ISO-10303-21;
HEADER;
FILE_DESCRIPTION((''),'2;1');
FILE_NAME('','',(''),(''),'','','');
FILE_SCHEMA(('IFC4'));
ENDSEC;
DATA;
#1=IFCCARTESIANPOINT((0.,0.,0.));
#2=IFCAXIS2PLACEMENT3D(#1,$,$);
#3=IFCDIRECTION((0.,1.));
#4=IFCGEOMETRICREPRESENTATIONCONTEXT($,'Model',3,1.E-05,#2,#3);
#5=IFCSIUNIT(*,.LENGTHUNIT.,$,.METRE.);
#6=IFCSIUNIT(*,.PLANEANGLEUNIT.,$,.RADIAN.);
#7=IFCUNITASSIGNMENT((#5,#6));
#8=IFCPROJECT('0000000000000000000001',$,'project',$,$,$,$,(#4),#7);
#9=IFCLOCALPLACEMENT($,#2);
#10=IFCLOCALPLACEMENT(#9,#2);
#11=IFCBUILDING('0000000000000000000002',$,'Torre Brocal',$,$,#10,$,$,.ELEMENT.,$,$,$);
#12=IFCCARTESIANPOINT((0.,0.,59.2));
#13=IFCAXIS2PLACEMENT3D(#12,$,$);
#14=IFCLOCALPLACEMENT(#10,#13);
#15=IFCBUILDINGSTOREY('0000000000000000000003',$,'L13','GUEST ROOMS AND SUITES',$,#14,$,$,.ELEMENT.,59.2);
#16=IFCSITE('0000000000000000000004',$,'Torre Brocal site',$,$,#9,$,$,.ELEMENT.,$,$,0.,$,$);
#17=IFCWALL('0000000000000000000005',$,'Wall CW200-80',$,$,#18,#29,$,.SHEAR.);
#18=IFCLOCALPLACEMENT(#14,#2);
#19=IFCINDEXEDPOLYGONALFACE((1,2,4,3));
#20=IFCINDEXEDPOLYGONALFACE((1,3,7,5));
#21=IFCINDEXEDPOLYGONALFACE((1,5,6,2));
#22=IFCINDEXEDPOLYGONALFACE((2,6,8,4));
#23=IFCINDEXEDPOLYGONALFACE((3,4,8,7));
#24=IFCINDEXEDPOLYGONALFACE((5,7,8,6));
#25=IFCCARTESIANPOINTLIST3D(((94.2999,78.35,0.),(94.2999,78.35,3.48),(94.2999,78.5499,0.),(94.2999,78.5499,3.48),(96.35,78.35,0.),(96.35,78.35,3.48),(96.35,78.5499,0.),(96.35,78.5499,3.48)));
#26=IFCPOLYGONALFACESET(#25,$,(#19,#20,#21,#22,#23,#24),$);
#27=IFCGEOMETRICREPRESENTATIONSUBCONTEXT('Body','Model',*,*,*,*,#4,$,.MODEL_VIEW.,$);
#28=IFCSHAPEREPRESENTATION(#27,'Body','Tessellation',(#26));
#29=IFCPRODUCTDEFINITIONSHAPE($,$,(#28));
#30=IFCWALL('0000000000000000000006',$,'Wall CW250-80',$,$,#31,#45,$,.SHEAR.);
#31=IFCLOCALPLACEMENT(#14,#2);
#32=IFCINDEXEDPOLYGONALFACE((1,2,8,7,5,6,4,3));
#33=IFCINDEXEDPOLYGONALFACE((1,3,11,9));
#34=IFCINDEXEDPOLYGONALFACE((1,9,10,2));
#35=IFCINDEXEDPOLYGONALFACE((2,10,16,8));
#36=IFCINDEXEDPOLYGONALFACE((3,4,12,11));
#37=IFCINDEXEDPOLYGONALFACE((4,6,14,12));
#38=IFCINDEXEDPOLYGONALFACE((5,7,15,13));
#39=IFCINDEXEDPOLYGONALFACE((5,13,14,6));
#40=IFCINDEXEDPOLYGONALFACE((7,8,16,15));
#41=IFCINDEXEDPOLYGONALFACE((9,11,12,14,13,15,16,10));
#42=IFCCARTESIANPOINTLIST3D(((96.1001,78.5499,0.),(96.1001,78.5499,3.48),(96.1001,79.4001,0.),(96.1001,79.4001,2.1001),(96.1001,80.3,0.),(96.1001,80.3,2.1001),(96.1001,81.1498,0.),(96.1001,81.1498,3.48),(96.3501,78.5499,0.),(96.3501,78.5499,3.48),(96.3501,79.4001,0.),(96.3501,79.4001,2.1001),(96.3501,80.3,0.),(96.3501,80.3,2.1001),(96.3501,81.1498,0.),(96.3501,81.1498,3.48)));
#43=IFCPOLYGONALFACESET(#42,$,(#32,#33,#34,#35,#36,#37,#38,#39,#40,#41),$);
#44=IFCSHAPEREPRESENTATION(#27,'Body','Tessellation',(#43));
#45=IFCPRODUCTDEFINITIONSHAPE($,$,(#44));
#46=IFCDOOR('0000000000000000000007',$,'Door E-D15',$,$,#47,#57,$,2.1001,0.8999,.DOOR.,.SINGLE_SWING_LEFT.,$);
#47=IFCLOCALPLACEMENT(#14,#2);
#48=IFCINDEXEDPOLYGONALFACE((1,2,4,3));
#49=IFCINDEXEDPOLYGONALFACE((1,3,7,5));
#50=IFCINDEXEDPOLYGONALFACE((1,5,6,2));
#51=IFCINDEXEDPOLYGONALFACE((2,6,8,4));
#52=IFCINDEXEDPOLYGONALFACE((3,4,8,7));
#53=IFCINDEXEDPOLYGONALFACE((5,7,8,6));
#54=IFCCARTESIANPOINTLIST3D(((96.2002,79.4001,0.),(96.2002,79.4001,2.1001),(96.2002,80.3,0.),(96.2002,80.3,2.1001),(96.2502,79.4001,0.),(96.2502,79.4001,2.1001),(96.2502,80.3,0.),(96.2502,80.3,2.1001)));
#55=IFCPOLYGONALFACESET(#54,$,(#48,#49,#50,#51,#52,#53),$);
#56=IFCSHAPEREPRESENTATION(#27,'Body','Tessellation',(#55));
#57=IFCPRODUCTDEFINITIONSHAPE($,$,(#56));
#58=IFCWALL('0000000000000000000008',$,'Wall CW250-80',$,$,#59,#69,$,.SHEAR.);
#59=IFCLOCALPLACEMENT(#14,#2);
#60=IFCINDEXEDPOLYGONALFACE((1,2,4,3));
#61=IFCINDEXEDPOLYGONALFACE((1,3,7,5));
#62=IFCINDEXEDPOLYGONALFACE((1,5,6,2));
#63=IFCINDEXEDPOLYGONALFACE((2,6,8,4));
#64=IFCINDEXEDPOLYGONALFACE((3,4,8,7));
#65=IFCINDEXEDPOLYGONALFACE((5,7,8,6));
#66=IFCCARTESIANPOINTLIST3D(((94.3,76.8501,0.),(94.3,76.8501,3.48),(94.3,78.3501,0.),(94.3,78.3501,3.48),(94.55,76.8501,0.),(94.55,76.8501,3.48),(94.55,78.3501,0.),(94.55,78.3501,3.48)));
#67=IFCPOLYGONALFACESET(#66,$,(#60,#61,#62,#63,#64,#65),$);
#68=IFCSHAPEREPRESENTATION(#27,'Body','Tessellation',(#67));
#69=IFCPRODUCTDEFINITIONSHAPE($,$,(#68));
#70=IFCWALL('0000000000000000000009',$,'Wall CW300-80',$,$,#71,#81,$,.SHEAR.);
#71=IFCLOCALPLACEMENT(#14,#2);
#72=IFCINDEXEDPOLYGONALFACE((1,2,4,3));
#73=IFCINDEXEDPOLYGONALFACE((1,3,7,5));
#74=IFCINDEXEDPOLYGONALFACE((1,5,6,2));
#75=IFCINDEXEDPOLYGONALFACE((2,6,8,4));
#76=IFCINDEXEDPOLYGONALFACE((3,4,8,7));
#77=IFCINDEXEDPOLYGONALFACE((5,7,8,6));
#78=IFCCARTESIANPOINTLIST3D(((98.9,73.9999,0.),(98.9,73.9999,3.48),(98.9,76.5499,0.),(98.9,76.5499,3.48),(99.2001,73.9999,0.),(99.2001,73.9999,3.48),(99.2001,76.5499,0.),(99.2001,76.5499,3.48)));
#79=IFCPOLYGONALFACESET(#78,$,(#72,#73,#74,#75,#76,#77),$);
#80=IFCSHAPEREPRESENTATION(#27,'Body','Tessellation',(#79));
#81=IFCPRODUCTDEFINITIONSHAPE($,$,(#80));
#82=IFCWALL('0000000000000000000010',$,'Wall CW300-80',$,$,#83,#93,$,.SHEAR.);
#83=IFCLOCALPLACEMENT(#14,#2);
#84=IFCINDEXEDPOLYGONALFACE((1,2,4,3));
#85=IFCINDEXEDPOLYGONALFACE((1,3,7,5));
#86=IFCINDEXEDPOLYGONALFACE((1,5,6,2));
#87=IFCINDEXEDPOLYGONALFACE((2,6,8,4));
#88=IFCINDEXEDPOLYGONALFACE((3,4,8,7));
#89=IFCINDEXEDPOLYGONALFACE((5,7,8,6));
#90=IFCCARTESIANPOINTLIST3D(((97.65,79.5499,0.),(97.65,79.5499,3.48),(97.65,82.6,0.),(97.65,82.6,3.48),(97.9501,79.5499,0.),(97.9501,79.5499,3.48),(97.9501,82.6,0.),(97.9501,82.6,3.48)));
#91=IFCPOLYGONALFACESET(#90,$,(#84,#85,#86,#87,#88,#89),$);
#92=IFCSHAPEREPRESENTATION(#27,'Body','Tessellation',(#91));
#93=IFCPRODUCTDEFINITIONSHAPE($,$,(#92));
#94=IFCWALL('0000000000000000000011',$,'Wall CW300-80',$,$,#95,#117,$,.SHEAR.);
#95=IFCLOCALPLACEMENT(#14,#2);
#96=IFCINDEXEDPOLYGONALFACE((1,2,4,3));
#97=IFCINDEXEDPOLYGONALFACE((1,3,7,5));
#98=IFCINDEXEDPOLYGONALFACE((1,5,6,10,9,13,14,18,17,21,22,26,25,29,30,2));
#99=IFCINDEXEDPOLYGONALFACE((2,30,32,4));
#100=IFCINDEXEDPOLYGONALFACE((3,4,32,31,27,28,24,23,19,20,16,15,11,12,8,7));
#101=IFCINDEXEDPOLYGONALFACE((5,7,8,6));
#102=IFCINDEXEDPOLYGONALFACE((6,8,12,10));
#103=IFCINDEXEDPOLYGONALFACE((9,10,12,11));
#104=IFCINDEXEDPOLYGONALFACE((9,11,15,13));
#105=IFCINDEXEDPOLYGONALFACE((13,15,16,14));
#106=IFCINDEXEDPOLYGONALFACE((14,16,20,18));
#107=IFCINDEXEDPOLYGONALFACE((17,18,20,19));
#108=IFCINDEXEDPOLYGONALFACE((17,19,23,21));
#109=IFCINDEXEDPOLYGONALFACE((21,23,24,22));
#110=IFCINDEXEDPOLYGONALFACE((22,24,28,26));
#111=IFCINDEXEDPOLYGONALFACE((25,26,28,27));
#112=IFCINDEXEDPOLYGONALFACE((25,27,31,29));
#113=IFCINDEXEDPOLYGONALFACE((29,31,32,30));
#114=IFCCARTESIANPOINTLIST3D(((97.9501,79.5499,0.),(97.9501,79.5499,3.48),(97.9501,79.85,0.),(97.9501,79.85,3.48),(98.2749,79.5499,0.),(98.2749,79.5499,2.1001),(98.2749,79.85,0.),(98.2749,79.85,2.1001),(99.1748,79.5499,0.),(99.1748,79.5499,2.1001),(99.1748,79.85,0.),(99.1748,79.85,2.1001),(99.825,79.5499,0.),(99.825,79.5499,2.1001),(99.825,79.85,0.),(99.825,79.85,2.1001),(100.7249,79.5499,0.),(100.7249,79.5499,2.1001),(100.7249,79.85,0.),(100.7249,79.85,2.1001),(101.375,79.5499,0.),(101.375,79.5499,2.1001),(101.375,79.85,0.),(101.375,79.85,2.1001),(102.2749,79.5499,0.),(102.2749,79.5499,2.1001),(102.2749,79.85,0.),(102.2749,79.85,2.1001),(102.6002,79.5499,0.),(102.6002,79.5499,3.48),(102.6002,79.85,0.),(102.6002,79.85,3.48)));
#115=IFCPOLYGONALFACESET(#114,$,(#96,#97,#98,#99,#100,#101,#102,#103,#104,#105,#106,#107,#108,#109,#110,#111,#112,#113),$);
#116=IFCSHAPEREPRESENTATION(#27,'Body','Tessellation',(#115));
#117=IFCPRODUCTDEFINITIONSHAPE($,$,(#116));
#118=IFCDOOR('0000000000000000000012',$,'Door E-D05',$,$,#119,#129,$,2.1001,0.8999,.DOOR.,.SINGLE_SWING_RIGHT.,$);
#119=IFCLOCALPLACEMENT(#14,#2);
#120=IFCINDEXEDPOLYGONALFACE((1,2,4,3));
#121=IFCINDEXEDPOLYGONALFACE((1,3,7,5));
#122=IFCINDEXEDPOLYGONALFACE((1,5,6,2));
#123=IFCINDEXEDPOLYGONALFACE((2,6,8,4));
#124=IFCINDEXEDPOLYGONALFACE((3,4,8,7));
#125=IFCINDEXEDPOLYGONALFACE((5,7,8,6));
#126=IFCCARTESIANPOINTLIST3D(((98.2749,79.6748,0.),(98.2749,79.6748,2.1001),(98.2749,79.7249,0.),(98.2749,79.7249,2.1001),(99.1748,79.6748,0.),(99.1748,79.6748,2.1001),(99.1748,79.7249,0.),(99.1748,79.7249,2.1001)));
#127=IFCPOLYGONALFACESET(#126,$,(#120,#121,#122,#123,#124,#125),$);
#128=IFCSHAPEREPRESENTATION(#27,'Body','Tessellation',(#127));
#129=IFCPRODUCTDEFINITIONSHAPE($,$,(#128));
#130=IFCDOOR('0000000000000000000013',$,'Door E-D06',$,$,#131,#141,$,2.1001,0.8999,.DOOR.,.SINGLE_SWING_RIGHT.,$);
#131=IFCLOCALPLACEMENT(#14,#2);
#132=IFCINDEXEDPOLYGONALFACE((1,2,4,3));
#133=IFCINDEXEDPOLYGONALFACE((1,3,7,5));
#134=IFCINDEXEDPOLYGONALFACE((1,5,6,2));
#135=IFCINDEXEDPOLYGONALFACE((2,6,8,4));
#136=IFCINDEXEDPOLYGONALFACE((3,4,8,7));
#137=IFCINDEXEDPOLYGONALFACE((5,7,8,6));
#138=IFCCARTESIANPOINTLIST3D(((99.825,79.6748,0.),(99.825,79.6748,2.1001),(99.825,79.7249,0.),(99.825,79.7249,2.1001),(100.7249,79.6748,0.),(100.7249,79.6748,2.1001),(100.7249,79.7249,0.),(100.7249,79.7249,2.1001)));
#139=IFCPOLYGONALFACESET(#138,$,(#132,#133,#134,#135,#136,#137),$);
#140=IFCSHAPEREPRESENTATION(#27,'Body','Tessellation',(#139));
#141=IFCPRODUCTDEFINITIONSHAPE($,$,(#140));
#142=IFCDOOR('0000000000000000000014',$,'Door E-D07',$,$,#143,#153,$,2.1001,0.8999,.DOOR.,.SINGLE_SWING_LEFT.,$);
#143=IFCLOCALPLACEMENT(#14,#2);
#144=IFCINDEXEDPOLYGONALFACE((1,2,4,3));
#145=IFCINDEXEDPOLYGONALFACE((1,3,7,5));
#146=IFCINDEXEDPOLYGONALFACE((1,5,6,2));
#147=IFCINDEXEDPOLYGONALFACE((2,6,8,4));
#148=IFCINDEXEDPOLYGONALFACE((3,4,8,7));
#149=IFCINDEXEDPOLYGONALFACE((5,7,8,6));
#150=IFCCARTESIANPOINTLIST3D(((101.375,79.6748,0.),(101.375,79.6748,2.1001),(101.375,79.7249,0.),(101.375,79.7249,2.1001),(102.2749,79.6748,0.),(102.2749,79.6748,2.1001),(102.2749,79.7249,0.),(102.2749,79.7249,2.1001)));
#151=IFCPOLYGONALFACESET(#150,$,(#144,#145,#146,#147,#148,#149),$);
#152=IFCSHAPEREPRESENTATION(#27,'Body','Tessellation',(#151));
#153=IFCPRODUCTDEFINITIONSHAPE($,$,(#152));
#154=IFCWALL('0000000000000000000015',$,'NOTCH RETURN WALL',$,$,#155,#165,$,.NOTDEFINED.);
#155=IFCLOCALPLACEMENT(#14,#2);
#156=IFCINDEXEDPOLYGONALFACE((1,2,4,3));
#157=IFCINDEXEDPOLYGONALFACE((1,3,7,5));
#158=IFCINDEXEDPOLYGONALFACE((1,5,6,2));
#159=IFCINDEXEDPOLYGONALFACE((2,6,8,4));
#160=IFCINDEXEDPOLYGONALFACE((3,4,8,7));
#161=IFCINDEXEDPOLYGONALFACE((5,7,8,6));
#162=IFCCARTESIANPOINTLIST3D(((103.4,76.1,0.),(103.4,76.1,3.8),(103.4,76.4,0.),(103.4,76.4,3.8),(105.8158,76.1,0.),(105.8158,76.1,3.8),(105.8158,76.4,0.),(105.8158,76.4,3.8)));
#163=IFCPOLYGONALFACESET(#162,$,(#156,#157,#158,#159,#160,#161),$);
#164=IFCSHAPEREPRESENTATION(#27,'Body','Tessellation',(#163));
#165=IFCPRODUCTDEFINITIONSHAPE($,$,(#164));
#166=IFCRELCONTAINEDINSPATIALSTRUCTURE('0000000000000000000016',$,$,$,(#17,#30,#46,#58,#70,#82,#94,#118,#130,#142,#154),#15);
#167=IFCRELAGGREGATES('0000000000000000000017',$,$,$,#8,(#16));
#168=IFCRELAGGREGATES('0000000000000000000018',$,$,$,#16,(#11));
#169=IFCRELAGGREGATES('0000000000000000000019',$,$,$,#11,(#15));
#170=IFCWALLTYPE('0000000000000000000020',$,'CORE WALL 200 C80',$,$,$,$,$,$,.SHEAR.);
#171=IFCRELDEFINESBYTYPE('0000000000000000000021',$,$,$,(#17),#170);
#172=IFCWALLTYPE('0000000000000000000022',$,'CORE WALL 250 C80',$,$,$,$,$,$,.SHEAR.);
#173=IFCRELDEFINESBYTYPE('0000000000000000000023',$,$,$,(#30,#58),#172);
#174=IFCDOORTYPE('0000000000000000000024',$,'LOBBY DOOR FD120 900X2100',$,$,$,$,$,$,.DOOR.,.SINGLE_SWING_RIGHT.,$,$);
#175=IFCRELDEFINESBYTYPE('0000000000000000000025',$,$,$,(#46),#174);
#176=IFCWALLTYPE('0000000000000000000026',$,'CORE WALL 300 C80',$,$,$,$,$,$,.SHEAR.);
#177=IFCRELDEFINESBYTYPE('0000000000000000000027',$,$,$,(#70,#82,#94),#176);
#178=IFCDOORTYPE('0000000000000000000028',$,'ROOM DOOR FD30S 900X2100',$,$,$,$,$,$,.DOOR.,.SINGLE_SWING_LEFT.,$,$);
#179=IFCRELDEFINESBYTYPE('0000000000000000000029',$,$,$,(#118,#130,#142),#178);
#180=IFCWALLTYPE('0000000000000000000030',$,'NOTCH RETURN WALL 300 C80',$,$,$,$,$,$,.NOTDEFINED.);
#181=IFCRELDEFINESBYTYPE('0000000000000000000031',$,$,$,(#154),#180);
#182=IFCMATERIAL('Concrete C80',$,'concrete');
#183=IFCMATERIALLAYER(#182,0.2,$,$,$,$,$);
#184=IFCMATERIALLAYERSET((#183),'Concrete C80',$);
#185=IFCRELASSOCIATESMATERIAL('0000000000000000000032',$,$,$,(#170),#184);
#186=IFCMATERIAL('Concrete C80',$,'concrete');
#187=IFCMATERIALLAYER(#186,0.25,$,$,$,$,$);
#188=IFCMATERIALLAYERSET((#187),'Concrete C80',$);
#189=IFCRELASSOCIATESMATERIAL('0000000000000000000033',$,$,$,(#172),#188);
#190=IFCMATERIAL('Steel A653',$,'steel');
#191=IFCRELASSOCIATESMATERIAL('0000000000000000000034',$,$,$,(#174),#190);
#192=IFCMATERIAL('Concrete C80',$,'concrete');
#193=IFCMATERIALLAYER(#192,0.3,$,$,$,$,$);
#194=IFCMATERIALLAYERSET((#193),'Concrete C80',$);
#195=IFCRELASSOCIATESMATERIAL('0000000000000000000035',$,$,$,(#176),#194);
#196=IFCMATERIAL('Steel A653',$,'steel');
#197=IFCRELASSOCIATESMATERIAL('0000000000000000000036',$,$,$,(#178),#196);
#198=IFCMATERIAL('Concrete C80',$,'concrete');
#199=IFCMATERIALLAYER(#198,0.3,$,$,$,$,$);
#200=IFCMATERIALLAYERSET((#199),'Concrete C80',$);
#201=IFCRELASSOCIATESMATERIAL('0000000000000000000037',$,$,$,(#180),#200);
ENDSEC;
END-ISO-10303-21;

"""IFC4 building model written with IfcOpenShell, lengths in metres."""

from ifc_helpers import new_model, si_unit, direction, frame, frame_2d, origin, place, context, subcontext, project, spatial, rectangle, extrude, material, layer, layer_set, type_object, element, fill, save


model = new_model("IFC4")

# Units and contexts
model_context = context("Model", 3, precision=1e-05, world=origin(), true_north=direction((0.0, 1.0)))
body_context = subcontext(model_context, "Body", "Model", "MODEL_VIEW")
ifc_project = project(units=[si_unit("LENGTHUNIT", "METRE"), si_unit("PLANEANGLEUNIT", "RADIAN")], contexts=[model_context])

# Site, building, storey
site_placement = place(None, origin())
site = spatial("IfcSite", under=ifc_project, at=site_placement, Name="Torre Brocal site", CompositionType="ELEMENT", RefElevation=0.0)
building_placement = place(site_placement, origin())
building = spatial("IfcBuilding", under=site, at=building_placement, Name="Torre Brocal", CompositionType="ELEMENT")
storey_placement = place(building_placement, frame((0.0, 0.0, 59.2)))
storey = spatial("IfcBuildingStorey", under=building, at=storey_placement, Name="L13", Description="GUEST ROOMS AND SUITES", CompositionType="ELEMENT", Elevation=59.2)

# Wall
ifc_material_1 = material(Name="Concrete C80", Category="concrete")
ifc_layer_1 = layer(ifc_material_1, 0.2)
ifc_layer_set_1 = layer_set([ifc_layer_1], Name="Concrete C80")
wall_type_1 = type_object("IfcWallType", Name="CORE WALL 200 C80", PredefinedType="SHEAR", material=ifc_layer_set_1)
wall_1_placement = place(storey_placement, frame((94.3, 78.45, 0.0), z_axis=(0.0, 0.0, 1.0), x_axis=(1.0, 0.0, 0.0)))
element("IfcWall", 1, at=wall_1_placement, inside=storey, type_object=wall_type_1, Name="Wall CW200-80", PredefinedType="SHEAR", context=body_context, shape_type="SweptSolid", body=[
    extrude(rectangle(XDim=2.05, YDim=0.2, at=frame_2d((1.0249, 0.0))), origin(), (0.0, 0.0, 1.0), 3.48),
])

# Wall, opening, door
ifc_material_2 = material(Name="Concrete C80", Category="concrete")
ifc_layer_2 = layer(ifc_material_2, 0.25)
ifc_layer_set_2 = layer_set([ifc_layer_2], Name="Concrete C80")
wall_type_2 = type_object("IfcWallType", Name="CORE WALL 250 C80", PredefinedType="SHEAR", material=ifc_layer_set_2)
wall_2_placement = place(storey_placement, frame((96.2251, 78.55, 0.0), z_axis=(0.0, 0.0, 1.0), x_axis=(0.0, 1.0, 0.0)))
wall_2 = element("IfcWall", 2, at=wall_2_placement, inside=storey, type_object=wall_type_2, Name="Wall CW250-80", PredefinedType="SHEAR", context=body_context, shape_type="SweptSolid", body=[
    extrude(rectangle(XDim=2.5999, YDim=0.25, at=frame_2d((1.2998, 0.0))), origin(), (0.0, 0.0, 1.0), 3.48),
])
opening_1_placement = place(wall_2_placement, frame((0.8501, 0.0, 0.0)))
opening_1 = element("IfcOpeningElement", 3, at=opening_1_placement, cuts=wall_2, PredefinedType="OPENING", context=body_context, shape_type="SweptSolid", body=[
    extrude(rectangle(XDim=0.8999, YDim=2.1001, at=frame_2d((0.45, 1.05))), frame((0.0, 0.135, 0.0), z_axis=(0.0, -1.0, 0.0), x_axis=(1.0, 0.0, 0.0)), (0.0, 0.0, 1.0), 0.27),
])
ifc_material_3 = material(Name="Steel A653", Category="steel")
door_type_1 = type_object("IfcDoorType", Name="LOBBY DOOR FD120 900X2100", OperationType="SINGLE_SWING_RIGHT", PredefinedType="DOOR", material=ifc_material_3)
door_1_placement = place(opening_1_placement, origin())
door_1 = element("IfcDoor", 4, at=door_1_placement, inside=storey, type_object=door_type_1, Name="Door E-D15", OperationType="SINGLE_SWING_LEFT", OverallHeight=2.1001, OverallWidth=0.8999, PredefinedType="DOOR", context=body_context, shape_type="SweptSolid", body=[
    extrude(rectangle(XDim=0.8999, YDim=2.1001, at=frame_2d((0.45, 1.05))), frame((0.0, 0.0249, 0.0), z_axis=(0.0, -1.0, 0.0), x_axis=(1.0, 0.0, 0.0)), (0.0, 0.0, 1.0), 0.05),
])
fill(opening_1, door_1)

# Walls
wall_3_placement = place(storey_placement, frame((94.425, 76.8501, 0.0), z_axis=(0.0, 0.0, 1.0), x_axis=(0.0, 1.0, 0.0)))
element("IfcWall", 5, at=wall_3_placement, inside=storey, type_object=wall_type_2, Name="Wall CW250-80", PredefinedType="SHEAR", context=body_context, shape_type="SweptSolid", body=[
    extrude(rectangle(XDim=1.5, YDim=0.25, at=frame_2d((0.75, 0.0))), origin(), (0.0, 0.0, 1.0), 3.48),
])
ifc_material_4 = material(Name="Concrete C80", Category="concrete")
ifc_layer_3 = layer(ifc_material_4, 0.3)
ifc_layer_set_3 = layer_set([ifc_layer_3], Name="Concrete C80")
wall_type_3 = type_object("IfcWallType", Name="CORE WALL 300 C80", PredefinedType="SHEAR", material=ifc_layer_set_3)
wall_4_placement = place(storey_placement, frame((99.05, 74.0, 0.0), z_axis=(0.0, 0.0, 1.0), x_axis=(0.0, 1.0, 0.0)))
element("IfcWall", 6, at=wall_4_placement, inside=storey, type_object=wall_type_3, Name="Wall CW300-80", PredefinedType="SHEAR", context=body_context, shape_type="SweptSolid", body=[
    extrude(rectangle(XDim=2.55, YDim=0.3, at=frame_2d((1.2749, 0.0))), origin(), (0.0, 0.0, 1.0), 3.48),
])
wall_5_placement = place(storey_placement, frame((97.8, 79.55, 0.0), z_axis=(0.0, 0.0, 1.0), x_axis=(0.0, 1.0, 0.0)))
element("IfcWall", 7, at=wall_5_placement, inside=storey, type_object=wall_type_3, Name="Wall CW300-80", PredefinedType="SHEAR", context=body_context, shape_type="SweptSolid", body=[
    extrude(rectangle(XDim=3.05, YDim=0.3, at=frame_2d((1.5249, 0.0))), origin(), (0.0, 0.0, 1.0), 3.48),
])

# Wall, openings, doors
wall_6_placement = place(storey_placement, frame((97.95, 79.7, 0.0), z_axis=(0.0, 0.0, 1.0), x_axis=(1.0, 0.0, 0.0)))
wall_6 = element("IfcWall", 8, at=wall_6_placement, inside=storey, type_object=wall_type_3, Name="Wall CW300-80", PredefinedType="SHEAR", context=body_context, shape_type="SweptSolid", body=[
    extrude(rectangle(XDim=4.6501, YDim=0.3, at=frame_2d((2.3252, 0.0))), origin(), (0.0, 0.0, 1.0), 3.48),
])
opening_2_placement = place(wall_6_placement, frame((0.325, 0.0, 0.0)))
opening_2 = element("IfcOpeningElement", 9, at=opening_2_placement, cuts=wall_6, PredefinedType="OPENING", context=body_context, shape_type="SweptSolid", body=[
    extrude(rectangle(XDim=0.8999, YDim=2.1001, at=frame_2d((0.45, 1.05))), frame((0.0, 0.1599, 0.0), z_axis=(0.0, -1.0, 0.0), x_axis=(1.0, 0.0, 0.0)), (0.0, 0.0, 1.0), 0.3201),
])
opening_3_placement = place(wall_6_placement, frame((1.875, 0.0, 0.0)))
opening_3 = element("IfcOpeningElement", 10, at=opening_3_placement, cuts=wall_6, PredefinedType="OPENING", context=body_context, shape_type="SweptSolid", body=[
    extrude(rectangle(XDim=0.8999, YDim=2.1001, at=frame_2d((0.45, 1.05))), frame((0.0, 0.1599, 0.0), z_axis=(0.0, -1.0, 0.0), x_axis=(1.0, 0.0, 0.0)), (0.0, 0.0, 1.0), 0.3201),
])
opening_4_placement = place(wall_6_placement, frame((3.425, 0.0, 0.0)))
opening_4 = element("IfcOpeningElement", 11, at=opening_4_placement, cuts=wall_6, PredefinedType="OPENING", context=body_context, shape_type="SweptSolid", body=[
    extrude(rectangle(XDim=0.8999, YDim=2.1001, at=frame_2d((0.45, 1.05))), frame((0.0, 0.1599, 0.0), z_axis=(0.0, -1.0, 0.0), x_axis=(1.0, 0.0, 0.0)), (0.0, 0.0, 1.0), 0.3201),
])
ifc_material_5 = material(Name="Steel A653", Category="steel")
door_type_2 = type_object("IfcDoorType", Name="ROOM DOOR FD30S 900X2100", OperationType="SINGLE_SWING_LEFT", PredefinedType="DOOR", material=ifc_material_5)
door_2_placement = place(opening_2_placement, origin())
door_2 = element("IfcDoor", 12, at=door_2_placement, inside=storey, type_object=door_type_2, Name="Door E-D05", OperationType="SINGLE_SWING_RIGHT", OverallHeight=2.1001, OverallWidth=0.8999, PredefinedType="DOOR", context=body_context, shape_type="SweptSolid", body=[
    extrude(rectangle(XDim=0.8999, YDim=2.1001, at=frame_2d((0.45, 1.05))), frame((0.0, 0.0249, 0.0), z_axis=(0.0, -1.0, 0.0), x_axis=(1.0, 0.0, 0.0)), (0.0, 0.0, 1.0), 0.05),
])
fill(opening_2, door_2)
door_3_placement = place(opening_3_placement, origin())
door_3 = element("IfcDoor", 13, at=door_3_placement, inside=storey, type_object=door_type_2, Name="Door E-D06", OperationType="SINGLE_SWING_RIGHT", OverallHeight=2.1001, OverallWidth=0.8999, PredefinedType="DOOR", context=body_context, shape_type="SweptSolid", body=[
    extrude(rectangle(XDim=0.8999, YDim=2.1001, at=frame_2d((0.45, 1.05))), frame((0.0, 0.0249, 0.0), z_axis=(0.0, -1.0, 0.0), x_axis=(1.0, 0.0, 0.0)), (0.0, 0.0, 1.0), 0.05),
])
fill(opening_3, door_3)
door_4_placement = place(opening_4_placement, origin())
door_4 = element("IfcDoor", 14, at=door_4_placement, inside=storey, type_object=door_type_2, Name="Door E-D07", OperationType="SINGLE_SWING_LEFT", OverallHeight=2.1001, OverallWidth=0.8999, PredefinedType="DOOR", context=body_context, shape_type="SweptSolid", body=[
    extrude(rectangle(XDim=0.8999, YDim=2.1001, at=frame_2d((0.45, 1.05))), frame((0.0, 0.0249, 0.0), z_axis=(0.0, -1.0, 0.0), x_axis=(1.0, 0.0, 0.0)), (0.0, 0.0, 1.0), 0.05),
])
fill(opening_4, door_4)

# Wall
ifc_material_6 = material(Name="Concrete C80", Category="concrete")
ifc_layer_4 = layer(ifc_material_6, 0.3)
ifc_layer_set_4 = layer_set([ifc_layer_4], Name="Concrete C80")
wall_type_4 = type_object("IfcWallType", Name="NOTCH RETURN WALL 300 C80", PredefinedType="NOTDEFINED", material=ifc_layer_set_4)
wall_7_placement = place(storey_placement, frame((103.3999, 76.25, 0.0), z_axis=(0.0, 0.0, 1.0), x_axis=(1.0, 0.0, 0.0)))
element("IfcWall", 15, at=wall_7_placement, inside=storey, type_object=wall_type_4, Name="NOTCH RETURN WALL", PredefinedType="NOTDEFINED", context=body_context, shape_type="SweptSolid", body=[
    extrude(rectangle(XDim=2.4158, YDim=0.3, at=frame_2d((1.208, 0.0))), origin(), (0.0, 0.0, 1.0), 3.8),
])

save(model, "model.ifc")
